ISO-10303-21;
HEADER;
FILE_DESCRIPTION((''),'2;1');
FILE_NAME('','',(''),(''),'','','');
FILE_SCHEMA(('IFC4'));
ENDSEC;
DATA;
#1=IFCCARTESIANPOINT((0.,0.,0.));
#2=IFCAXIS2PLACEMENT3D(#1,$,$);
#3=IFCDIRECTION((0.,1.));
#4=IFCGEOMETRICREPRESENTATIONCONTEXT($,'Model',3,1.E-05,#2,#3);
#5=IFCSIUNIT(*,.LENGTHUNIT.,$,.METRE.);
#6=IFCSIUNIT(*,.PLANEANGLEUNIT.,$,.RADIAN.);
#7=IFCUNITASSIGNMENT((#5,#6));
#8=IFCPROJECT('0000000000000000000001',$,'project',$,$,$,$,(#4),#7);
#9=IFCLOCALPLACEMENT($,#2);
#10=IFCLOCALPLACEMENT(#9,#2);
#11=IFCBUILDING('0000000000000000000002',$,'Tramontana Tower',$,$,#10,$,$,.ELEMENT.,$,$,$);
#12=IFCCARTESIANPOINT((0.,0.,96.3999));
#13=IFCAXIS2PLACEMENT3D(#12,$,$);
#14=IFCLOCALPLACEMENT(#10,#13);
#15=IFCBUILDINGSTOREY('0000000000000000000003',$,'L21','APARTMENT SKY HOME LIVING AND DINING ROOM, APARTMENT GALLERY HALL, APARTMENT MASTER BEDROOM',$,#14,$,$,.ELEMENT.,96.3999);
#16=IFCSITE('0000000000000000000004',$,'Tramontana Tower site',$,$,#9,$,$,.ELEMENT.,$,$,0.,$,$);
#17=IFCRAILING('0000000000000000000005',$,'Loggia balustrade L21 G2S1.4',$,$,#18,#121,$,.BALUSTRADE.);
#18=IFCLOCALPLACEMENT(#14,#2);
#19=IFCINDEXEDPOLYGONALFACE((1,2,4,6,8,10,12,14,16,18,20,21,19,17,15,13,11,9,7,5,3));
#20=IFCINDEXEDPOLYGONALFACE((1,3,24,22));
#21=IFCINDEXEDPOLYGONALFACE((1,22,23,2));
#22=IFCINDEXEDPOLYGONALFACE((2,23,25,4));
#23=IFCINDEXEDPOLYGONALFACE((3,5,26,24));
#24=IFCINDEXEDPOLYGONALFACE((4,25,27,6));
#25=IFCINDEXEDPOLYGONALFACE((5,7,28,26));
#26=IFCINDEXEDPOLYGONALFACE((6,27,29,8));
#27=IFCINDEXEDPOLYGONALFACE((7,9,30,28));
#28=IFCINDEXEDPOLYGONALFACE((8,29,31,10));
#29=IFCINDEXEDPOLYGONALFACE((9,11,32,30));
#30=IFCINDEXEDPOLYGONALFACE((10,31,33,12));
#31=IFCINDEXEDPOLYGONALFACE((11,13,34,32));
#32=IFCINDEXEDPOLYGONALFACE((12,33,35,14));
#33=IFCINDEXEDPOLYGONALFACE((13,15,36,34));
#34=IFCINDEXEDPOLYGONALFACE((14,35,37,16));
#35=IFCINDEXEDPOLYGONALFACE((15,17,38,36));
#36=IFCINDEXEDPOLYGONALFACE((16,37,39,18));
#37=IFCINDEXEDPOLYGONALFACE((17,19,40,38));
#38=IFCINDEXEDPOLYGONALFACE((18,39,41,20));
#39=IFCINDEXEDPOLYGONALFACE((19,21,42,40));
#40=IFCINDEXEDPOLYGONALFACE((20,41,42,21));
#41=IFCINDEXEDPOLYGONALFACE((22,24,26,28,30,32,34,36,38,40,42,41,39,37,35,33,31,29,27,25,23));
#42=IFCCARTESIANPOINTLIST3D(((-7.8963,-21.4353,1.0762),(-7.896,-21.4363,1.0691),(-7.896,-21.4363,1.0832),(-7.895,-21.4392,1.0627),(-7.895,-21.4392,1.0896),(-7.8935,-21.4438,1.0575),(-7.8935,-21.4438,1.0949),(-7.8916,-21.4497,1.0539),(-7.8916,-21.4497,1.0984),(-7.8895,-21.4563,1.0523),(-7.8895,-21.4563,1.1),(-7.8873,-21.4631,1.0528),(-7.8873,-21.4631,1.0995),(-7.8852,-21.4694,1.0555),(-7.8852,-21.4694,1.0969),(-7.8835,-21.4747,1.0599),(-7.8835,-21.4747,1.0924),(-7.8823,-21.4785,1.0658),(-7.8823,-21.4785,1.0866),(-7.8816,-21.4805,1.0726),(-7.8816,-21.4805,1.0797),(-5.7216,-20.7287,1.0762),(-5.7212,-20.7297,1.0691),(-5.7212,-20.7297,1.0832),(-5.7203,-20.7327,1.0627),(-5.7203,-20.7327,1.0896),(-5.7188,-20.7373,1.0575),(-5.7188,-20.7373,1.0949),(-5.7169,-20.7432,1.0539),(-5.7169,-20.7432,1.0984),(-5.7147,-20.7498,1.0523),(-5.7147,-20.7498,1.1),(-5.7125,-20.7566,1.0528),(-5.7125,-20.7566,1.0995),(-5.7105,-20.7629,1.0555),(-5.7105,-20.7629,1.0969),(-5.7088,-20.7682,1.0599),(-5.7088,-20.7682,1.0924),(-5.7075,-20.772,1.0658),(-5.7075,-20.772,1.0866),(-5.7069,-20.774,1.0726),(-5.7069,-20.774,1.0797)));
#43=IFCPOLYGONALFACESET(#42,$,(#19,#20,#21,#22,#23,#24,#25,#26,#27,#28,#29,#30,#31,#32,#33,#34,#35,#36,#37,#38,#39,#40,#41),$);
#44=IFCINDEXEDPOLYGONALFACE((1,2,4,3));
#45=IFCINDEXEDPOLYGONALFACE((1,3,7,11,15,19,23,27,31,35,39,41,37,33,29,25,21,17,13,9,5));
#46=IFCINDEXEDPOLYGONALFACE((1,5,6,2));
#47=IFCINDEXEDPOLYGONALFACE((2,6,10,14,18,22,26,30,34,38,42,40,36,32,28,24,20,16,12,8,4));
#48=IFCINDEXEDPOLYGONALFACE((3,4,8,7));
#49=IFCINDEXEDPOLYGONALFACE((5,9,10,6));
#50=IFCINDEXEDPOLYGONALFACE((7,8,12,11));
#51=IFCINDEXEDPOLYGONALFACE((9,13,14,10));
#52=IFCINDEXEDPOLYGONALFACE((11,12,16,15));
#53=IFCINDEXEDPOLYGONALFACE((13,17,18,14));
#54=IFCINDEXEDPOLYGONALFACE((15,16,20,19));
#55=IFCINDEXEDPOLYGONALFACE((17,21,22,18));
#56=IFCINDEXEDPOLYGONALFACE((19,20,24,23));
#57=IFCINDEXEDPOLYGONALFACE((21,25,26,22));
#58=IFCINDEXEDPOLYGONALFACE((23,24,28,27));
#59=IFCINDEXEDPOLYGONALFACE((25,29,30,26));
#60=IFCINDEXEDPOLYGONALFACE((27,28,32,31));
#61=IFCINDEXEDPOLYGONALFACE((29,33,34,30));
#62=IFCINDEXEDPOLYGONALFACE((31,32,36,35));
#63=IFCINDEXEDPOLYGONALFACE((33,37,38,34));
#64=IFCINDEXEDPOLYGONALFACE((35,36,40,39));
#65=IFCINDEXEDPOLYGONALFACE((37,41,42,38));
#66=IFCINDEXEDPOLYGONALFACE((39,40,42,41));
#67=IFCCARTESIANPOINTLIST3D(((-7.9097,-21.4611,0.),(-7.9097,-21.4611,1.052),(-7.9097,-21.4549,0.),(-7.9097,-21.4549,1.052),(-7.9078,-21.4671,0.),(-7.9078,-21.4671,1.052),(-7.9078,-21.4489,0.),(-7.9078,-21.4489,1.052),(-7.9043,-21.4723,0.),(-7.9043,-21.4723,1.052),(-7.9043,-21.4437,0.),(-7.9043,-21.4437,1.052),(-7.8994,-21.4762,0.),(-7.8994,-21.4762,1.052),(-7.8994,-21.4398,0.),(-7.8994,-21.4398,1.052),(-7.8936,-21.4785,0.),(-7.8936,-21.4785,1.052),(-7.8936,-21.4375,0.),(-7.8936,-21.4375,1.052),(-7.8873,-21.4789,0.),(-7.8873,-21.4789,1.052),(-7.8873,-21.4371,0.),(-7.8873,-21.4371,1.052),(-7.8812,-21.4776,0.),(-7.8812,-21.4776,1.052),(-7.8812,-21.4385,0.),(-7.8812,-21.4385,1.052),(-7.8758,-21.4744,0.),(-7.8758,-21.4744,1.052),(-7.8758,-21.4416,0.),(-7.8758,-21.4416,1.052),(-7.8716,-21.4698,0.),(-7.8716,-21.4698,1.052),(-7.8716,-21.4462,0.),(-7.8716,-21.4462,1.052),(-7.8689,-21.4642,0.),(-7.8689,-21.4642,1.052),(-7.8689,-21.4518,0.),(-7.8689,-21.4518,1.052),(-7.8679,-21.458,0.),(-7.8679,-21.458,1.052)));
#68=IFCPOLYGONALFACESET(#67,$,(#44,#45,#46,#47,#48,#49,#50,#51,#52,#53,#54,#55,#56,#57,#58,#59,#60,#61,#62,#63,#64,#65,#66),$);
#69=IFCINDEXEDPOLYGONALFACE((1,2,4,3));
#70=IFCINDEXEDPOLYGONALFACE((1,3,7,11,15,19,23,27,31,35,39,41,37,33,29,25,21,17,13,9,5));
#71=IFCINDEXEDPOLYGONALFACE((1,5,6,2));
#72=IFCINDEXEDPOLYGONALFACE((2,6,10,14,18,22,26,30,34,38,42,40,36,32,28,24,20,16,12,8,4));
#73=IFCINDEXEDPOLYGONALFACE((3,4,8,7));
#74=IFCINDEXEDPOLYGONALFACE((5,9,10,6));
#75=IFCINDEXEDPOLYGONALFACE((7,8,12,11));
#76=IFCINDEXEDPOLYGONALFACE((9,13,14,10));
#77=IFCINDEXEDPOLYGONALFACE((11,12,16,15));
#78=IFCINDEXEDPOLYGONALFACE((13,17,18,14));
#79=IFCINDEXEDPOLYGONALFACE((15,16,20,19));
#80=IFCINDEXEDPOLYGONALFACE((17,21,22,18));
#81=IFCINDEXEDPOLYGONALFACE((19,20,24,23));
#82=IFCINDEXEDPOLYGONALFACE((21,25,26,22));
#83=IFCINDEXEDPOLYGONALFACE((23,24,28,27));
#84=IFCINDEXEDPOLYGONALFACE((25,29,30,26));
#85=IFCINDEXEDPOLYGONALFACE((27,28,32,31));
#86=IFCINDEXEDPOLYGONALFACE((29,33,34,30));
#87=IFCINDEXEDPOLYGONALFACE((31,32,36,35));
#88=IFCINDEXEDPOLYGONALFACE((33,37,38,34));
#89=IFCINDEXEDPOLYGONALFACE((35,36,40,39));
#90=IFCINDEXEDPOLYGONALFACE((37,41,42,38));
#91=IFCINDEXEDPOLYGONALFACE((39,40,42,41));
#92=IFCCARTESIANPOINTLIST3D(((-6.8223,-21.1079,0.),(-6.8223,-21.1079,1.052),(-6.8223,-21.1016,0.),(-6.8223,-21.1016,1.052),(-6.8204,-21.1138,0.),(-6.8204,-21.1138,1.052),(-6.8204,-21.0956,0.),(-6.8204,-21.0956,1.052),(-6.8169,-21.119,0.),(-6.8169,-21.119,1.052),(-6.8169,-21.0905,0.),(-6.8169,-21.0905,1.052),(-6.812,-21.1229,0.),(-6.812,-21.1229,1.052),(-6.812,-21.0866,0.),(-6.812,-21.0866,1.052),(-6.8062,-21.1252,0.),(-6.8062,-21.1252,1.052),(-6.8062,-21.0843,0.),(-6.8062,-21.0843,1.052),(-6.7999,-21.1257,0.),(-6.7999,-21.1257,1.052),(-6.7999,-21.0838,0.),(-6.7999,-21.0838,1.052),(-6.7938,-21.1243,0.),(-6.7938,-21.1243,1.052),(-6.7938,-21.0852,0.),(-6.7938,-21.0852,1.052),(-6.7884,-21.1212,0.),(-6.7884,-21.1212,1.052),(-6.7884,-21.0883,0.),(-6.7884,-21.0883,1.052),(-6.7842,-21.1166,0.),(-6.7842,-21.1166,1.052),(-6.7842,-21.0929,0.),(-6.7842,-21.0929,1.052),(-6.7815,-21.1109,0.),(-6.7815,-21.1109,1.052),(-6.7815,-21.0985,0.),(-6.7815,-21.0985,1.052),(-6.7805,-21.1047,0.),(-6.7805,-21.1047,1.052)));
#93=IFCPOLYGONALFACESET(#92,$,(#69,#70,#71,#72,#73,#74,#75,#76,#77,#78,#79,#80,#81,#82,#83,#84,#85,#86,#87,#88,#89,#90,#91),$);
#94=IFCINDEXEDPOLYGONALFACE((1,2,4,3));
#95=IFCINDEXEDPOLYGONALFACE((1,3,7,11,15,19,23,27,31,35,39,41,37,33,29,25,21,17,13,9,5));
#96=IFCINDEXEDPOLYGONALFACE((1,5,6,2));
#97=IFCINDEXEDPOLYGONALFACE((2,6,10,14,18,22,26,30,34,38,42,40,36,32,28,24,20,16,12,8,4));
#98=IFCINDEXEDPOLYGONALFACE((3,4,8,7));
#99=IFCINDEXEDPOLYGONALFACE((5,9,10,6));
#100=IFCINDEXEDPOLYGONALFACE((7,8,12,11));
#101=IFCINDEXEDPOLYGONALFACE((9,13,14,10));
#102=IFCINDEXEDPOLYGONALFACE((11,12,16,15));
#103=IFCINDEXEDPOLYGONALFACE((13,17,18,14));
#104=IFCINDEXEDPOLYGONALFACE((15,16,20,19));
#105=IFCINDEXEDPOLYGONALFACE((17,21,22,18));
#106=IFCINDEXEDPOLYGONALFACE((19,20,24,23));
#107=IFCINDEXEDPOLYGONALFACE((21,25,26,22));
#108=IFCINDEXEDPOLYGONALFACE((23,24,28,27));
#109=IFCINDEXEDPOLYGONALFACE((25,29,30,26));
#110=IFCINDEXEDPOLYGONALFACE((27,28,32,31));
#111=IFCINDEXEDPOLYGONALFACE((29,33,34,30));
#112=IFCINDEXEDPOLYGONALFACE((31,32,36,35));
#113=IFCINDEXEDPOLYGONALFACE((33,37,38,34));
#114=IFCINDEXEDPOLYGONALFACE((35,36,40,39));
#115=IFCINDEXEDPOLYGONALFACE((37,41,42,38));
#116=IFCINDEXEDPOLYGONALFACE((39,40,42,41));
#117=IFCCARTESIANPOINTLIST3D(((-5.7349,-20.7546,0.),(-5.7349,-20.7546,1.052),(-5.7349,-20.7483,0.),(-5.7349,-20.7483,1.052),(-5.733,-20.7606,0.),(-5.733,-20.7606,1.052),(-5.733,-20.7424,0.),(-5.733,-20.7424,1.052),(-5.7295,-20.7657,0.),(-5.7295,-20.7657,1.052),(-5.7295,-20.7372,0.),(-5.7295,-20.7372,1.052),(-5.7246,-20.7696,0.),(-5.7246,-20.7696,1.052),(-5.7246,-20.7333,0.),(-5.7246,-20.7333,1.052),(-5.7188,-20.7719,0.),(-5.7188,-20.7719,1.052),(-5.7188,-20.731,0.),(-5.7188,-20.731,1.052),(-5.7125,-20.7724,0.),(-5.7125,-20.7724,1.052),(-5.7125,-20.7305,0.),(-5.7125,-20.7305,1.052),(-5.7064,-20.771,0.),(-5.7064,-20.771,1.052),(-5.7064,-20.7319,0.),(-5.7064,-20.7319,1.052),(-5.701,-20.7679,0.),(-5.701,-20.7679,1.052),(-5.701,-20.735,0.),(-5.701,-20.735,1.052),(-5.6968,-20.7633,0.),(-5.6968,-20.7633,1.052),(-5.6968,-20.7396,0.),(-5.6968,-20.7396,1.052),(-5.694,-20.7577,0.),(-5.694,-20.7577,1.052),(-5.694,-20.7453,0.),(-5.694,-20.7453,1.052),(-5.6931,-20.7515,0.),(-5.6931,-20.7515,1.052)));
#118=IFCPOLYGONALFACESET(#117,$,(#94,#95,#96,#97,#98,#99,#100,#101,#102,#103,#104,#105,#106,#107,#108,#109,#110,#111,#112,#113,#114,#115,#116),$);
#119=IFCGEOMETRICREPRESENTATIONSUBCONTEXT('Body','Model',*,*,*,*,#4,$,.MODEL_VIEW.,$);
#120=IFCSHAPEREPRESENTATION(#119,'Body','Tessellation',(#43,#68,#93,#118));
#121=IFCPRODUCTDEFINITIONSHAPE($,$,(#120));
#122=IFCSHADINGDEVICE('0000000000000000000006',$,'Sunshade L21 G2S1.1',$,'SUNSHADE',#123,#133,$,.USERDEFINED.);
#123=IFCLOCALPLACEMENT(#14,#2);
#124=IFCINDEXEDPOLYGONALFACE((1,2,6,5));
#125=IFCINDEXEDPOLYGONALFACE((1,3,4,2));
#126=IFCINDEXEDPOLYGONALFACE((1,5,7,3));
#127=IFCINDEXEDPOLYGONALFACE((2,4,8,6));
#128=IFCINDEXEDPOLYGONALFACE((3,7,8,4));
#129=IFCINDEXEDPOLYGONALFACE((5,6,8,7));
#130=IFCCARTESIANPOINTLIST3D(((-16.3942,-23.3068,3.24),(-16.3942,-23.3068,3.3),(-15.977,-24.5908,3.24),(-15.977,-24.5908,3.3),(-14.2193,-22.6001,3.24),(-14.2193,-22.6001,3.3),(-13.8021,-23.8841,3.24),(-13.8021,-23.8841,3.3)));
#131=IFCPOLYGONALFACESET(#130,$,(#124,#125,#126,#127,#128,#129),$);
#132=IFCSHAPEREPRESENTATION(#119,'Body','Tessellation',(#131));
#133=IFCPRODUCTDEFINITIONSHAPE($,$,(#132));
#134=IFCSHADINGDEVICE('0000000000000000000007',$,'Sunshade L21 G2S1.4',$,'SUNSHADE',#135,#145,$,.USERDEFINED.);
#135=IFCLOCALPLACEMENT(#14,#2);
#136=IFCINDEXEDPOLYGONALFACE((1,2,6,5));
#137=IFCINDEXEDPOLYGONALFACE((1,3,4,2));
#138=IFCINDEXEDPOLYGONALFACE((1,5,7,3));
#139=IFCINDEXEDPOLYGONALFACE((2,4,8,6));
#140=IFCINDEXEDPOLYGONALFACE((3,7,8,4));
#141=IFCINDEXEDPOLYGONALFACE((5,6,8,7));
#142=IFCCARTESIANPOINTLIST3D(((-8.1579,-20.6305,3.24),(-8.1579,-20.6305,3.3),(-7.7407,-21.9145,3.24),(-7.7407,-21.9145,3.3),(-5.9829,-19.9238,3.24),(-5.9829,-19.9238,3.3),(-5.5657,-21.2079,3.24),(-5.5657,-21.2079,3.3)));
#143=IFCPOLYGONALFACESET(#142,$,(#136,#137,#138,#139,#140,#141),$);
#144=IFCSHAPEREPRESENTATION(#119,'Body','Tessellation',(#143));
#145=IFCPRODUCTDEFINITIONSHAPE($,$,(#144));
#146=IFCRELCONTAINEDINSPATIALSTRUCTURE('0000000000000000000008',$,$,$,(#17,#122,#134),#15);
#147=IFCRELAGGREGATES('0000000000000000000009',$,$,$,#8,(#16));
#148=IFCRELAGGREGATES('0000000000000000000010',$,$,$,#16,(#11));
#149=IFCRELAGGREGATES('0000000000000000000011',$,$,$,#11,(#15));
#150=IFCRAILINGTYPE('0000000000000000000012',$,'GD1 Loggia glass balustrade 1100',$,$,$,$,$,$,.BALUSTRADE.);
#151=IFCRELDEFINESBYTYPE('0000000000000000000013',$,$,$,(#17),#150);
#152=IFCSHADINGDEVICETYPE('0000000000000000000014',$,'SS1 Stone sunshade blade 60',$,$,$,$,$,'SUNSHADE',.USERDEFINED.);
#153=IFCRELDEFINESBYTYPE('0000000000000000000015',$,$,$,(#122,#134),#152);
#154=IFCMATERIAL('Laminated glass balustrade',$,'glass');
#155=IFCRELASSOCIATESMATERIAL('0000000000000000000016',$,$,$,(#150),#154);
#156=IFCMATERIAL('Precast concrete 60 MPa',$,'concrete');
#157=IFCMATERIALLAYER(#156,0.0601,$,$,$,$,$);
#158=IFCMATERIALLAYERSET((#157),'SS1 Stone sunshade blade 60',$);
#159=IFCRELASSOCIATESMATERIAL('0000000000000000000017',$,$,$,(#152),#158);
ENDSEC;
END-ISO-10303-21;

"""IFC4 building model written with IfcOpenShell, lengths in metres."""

from ifc_helpers import new_model, si_unit, direction, frame, origin, origin_2d, place, context, subcontext, project, spatial, rectangle, circle, extrude, material, layer, layer_set, type_object, element, save


model = new_model("IFC4")

# Units and contexts
model_context = context("Model", 3, precision=1e-05, world=origin(), true_north=direction((0.0, 1.0)))
body_context = subcontext(model_context, "Body", "Model", "MODEL_VIEW")
ifc_project = project(units=[si_unit("LENGTHUNIT", "METRE"), si_unit("PLANEANGLEUNIT", "RADIAN")], contexts=[model_context])

# Site, building, storey
site_placement = place(None, origin())
site = spatial("IfcSite", under=ifc_project, at=site_placement, Name="Tramontana Tower site", CompositionType="ELEMENT", RefElevation=0.0)
building_placement = place(site_placement, origin())
building = spatial("IfcBuilding", under=site, at=building_placement, Name="Tramontana Tower", CompositionType="ELEMENT")
storey_placement = place(building_placement, frame((0.0, 0.0, 96.3999)))
storey = spatial("IfcBuildingStorey", under=building, at=storey_placement, Name="L21", Description="APARTMENT SKY HOME LIVING AND DINING ROOM, APARTMENT GALLERY HALL, APARTMENT MASTER BEDROOM", CompositionType="ELEMENT", Elevation=96.3999)

# Railing
ifc_material_1 = material(Name="Laminated glass balustrade", Category="glass")
railing_type = type_object("IfcRailingType", Name="GD1 Loggia glass balustrade 1100", PredefinedType="BALUSTRADE", material=ifc_material_1)
railing_1_placement = place(storey_placement, frame((-7.8889, -21.458, 0.0)))
element("IfcRailing", 1, at=railing_1_placement, inside=storey, type_object=railing_type, Name="Loggia balustrade L21 G2S1.4", PredefinedType="BALUSTRADE", context=body_context, shape_type="SweptSolid", body=[
    extrude(circle(Radius=0.0239, at=origin_2d()), frame((0.0, 0.0, 1.0762), z_axis=(0.951069, 0.30898, 0.0), x_axis=(-0.30898, 0.951069, 0.0)), (0.0, 0.0, 1.0), 2.2866),
    extrude(circle(Radius=0.021, at=origin_2d()), origin(), (0.0, 0.0, 1.0), 1.052),
    extrude(circle(Radius=0.021, at=origin_2d()), frame((1.0874, 0.3533, 0.0)), (0.0, 0.0, 1.0), 1.052),
    extrude(circle(Radius=0.021, at=origin_2d()), frame((2.1748, 0.7065, 0.0)), (0.0, 0.0, 1.0), 1.052),
])

# Shading devices
ifc_material_2 = material(Name="Precast concrete 60 MPa", Category="concrete")
ifc_layer_1 = layer(ifc_material_2, 0.0601)
ifc_layer_set_1 = layer_set([ifc_layer_1], Name="SS1 Stone sunshade blade 60")
shading_device_type = type_object("IfcShadingDeviceType", Name="SS1 Stone sunshade blade 60", ElementType="SUNSHADE", PredefinedType="USERDEFINED", material=ifc_layer_set_1)
for number, where, z_axis, x_axis, name in (
    (2, (-15.0981, -23.5955, 3.24), (0.0, 0.0, 1.0), (0.951057, 0.309017, 0.0), "Sunshade L21 G2S1.1"),
    (3, (-6.8618, -20.9192, 3.24), (0.0, 0.0, 1.0), (0.951057, 0.309017, 0.0), "Sunshade L21 G2S1.4"),
):
    element("IfcShadingDevice", number, at=place(storey_placement, frame(where, z_axis=z_axis, x_axis=x_axis)), inside=storey, type_object=shading_device_type, Name=name, ObjectType="SUNSHADE", PredefinedType="USERDEFINED", context=body_context, shape_type="SweptSolid", body=[
        extrude(rectangle(XDim=2.2869, YDim=1.3501, at=origin_2d()), origin(), (0.0, 0.0, 1.0), 0.0601),
    ])

save(model, "model.ifc")
